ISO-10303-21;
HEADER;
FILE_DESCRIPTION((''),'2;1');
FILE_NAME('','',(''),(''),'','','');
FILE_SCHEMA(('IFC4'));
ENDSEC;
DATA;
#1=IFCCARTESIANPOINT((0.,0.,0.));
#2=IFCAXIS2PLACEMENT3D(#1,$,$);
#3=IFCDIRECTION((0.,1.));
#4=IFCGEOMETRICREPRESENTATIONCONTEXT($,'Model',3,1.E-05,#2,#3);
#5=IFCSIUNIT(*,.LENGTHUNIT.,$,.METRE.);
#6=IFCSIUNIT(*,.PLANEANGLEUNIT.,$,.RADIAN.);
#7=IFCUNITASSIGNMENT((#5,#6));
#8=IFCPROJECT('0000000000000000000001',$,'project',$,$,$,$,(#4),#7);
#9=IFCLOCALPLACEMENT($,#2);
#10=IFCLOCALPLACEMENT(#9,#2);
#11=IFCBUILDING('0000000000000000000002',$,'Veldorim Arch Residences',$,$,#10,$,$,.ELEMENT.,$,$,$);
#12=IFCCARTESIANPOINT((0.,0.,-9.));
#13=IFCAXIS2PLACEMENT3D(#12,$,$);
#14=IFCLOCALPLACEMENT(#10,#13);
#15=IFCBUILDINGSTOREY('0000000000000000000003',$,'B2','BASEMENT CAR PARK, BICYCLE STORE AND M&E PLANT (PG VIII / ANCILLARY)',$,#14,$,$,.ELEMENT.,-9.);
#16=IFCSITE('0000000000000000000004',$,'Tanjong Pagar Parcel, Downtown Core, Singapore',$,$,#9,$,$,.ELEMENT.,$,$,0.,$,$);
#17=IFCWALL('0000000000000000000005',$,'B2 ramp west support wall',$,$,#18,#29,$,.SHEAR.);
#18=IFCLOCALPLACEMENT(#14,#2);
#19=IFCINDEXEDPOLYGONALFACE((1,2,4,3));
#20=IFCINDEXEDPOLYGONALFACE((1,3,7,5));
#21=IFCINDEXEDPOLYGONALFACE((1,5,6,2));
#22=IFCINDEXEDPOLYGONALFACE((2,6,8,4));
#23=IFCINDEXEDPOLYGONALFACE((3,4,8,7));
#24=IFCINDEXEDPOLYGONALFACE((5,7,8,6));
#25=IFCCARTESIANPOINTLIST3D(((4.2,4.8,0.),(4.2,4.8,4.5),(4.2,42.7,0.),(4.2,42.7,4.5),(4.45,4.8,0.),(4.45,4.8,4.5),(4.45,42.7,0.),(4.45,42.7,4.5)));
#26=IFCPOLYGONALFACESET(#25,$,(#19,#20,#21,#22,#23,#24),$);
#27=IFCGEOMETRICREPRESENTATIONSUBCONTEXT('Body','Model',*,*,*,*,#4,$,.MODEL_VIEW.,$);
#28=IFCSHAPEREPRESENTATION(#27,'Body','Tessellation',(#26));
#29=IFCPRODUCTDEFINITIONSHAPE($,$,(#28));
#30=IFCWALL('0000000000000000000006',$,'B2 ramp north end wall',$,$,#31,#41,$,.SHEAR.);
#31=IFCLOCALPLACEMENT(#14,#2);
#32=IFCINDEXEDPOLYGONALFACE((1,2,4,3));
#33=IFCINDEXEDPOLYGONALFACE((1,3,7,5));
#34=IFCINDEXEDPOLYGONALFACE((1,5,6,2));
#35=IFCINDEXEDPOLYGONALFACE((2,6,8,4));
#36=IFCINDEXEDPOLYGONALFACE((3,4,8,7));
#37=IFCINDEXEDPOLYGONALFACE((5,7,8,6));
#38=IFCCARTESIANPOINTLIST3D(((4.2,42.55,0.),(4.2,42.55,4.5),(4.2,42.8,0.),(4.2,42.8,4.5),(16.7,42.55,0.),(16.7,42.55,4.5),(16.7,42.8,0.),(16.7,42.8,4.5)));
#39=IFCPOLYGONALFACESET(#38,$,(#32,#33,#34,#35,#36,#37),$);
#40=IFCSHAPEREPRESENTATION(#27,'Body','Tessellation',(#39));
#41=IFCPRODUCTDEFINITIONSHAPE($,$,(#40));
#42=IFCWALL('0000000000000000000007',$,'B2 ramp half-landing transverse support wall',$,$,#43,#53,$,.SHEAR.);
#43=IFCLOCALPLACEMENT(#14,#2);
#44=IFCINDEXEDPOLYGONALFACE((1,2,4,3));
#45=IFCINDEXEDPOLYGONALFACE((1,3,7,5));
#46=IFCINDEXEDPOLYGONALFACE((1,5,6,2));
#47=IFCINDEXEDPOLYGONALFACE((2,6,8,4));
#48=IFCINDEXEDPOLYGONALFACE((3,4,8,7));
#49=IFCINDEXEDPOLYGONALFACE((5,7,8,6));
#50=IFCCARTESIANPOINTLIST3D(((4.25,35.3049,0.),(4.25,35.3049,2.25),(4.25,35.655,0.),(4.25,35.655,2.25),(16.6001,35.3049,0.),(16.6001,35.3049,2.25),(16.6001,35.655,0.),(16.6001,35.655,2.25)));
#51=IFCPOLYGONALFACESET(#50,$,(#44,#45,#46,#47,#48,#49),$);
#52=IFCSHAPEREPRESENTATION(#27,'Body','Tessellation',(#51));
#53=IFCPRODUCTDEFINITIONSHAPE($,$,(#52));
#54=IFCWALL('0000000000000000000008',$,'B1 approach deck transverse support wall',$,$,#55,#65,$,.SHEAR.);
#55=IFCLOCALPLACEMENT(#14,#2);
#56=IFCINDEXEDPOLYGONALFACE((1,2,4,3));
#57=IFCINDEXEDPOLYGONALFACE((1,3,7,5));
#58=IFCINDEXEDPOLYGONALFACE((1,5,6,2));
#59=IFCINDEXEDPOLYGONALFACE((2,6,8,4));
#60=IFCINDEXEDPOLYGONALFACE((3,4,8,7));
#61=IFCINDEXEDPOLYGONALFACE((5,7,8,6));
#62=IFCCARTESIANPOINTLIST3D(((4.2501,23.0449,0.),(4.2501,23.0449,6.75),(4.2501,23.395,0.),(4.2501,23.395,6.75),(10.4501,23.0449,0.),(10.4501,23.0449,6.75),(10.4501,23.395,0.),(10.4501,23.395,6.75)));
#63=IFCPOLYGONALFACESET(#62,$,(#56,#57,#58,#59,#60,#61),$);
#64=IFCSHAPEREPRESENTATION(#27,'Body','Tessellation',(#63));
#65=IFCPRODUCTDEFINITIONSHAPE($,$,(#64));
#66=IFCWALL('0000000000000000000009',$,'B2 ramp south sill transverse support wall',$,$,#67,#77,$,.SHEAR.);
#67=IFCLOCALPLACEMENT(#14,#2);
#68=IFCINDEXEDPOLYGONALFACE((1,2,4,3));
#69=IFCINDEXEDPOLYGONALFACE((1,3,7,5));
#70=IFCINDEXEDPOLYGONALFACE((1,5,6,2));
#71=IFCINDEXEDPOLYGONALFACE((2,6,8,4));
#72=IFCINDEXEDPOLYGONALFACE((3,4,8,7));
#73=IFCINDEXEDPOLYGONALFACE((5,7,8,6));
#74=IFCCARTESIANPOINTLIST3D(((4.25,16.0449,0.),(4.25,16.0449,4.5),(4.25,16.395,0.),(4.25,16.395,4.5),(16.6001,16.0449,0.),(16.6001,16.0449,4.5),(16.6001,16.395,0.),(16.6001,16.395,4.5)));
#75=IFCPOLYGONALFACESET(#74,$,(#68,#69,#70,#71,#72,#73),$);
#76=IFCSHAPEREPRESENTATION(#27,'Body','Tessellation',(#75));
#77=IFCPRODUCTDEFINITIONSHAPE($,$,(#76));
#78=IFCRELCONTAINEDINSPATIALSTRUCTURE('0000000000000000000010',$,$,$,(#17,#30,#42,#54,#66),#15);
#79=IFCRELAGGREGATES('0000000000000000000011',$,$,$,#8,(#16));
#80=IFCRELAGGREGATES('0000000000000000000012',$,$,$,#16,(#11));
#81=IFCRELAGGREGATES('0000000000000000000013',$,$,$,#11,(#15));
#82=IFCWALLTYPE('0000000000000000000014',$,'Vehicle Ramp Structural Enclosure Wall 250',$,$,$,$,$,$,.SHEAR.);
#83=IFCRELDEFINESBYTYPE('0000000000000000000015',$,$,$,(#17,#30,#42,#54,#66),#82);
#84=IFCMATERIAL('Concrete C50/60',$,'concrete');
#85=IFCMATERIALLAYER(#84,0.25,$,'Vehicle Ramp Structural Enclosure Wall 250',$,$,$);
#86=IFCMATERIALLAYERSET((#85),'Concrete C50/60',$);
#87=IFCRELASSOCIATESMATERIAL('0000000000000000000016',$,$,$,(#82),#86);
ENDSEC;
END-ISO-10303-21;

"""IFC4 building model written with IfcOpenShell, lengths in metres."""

from ifc_helpers import new_model, si_unit, direction, frame, frame_2d, origin, place, context, subcontext, project, spatial, rectangle, extrude, material, layer, layer_set, type_object, element, save


model = new_model("IFC4")

# Units and contexts
model_context = context("Model", 3, precision=1e-05, world=origin(), true_north=direction((0.0, 1.0)))
body_context = subcontext(model_context, "Body", "Model", "MODEL_VIEW")
ifc_project = project(units=[si_unit("LENGTHUNIT", "METRE"), si_unit("PLANEANGLEUNIT", "RADIAN")], contexts=[model_context])

# Site, building, storey
site_placement = place(None, origin())
site = spatial("IfcSite", under=ifc_project, at=site_placement, Name="Tanjong Pagar Parcel, Downtown Core, Singapore", CompositionType="ELEMENT", RefElevation=0.0)
building_placement = place(site_placement, origin())
building = spatial("IfcBuilding", under=site, at=building_placement, Name="Veldorim Arch Residences", CompositionType="ELEMENT")
storey_placement = place(building_placement, frame((0.0, 0.0, -9.0)))
storey = spatial("IfcBuildingStorey", under=building, at=storey_placement, Name="B2", Description="BASEMENT CAR PARK, BICYCLE STORE AND M&E PLANT (PG VIII / ANCILLARY)", CompositionType="ELEMENT", Elevation=-9.0)

# Walls
ifc_material_1 = material(Name="Concrete C50/60", Category="concrete")
ifc_layer_1 = layer(ifc_material_1, 0.25, Name="Vehicle Ramp Structural Enclosure Wall 250")
ifc_layer_set_1 = layer_set([ifc_layer_1], Name="Concrete C50/60")
wall_type_1 = type_object("IfcWallType", Name="Vehicle Ramp Structural Enclosure Wall 250", PredefinedType="SHEAR", material=ifc_layer_set_1)
wall_1_placement = place(storey_placement, frame((4.325, 4.8, 0.0), z_axis=(0.0, 0.0, 1.0), x_axis=(0.0, 1.0, 0.0)))
element("IfcWall", 1, at=wall_1_placement, inside=storey, type_object=wall_type_1, Name="B2 ramp west support wall", PredefinedType="SHEAR", context=body_context, shape_type="SweptSolid", body=[
    extrude(rectangle(XDim=37.8999, YDim=0.25, at=frame_2d((18.95, 0.0))), origin(), (0.0, 0.0, 1.0), 4.5),
])
wall_2_placement = place(storey_placement, frame((4.2, 42.675, 0.0), z_axis=(0.0, 0.0, 1.0), x_axis=(1.0, 0.0, 0.0)))
element("IfcWall", 2, at=wall_2_placement, inside=storey, type_object=wall_type_1, Name="B2 ramp north end wall", PredefinedType="SHEAR", context=body_context, shape_type="SweptSolid", body=[
    extrude(rectangle(XDim=12.5, YDim=0.25, at=frame_2d((6.25, 0.0))), origin(), (0.0, 0.0, 1.0), 4.5),
])
wall_3_placement = place(storey_placement, frame((4.25, 35.48, 0.0), z_axis=(0.0, 0.0, 1.0), x_axis=(1.0, 0.0, 0.0)))
element("IfcWall", 3, at=wall_3_placement, inside=storey, type_object=wall_type_1, Name="B2 ramp half-landing transverse support wall", PredefinedType="SHEAR", context=body_context, shape_type="SweptSolid", body=[
    extrude(rectangle(XDim=12.3501, YDim=0.3501, at=frame_2d((6.175, 0.0))), origin(), (0.0, 0.0, 1.0), 2.25),
])
wall_4_placement = place(storey_placement, frame((4.25, 23.22, 0.0), z_axis=(0.0, 0.0, 1.0), x_axis=(1.0, 0.0, 0.0)))
element("IfcWall", 4, at=wall_4_placement, inside=storey, type_object=wall_type_1, Name="B1 approach deck transverse support wall", PredefinedType="SHEAR", context=body_context, shape_type="SweptSolid", body=[
    extrude(rectangle(XDim=6.2, YDim=0.3501, at=frame_2d((3.1001, 0.0))), origin(), (0.0, 0.0, 1.0), 6.75),
])
wall_5_placement = place(storey_placement, frame((4.25, 16.22, 0.0), z_axis=(0.0, 0.0, 1.0), x_axis=(1.0, 0.0, 0.0)))
element("IfcWall", 5, at=wall_5_placement, inside=storey, type_object=wall_type_1, Name="B2 ramp south sill transverse support wall", PredefinedType="SHEAR", context=body_context, shape_type="SweptSolid", body=[
    extrude(rectangle(XDim=12.3501, YDim=0.3501, at=frame_2d((6.175, 0.0))), origin(), (0.0, 0.0, 1.0), 4.5),
])

save(model, "model.ifc")
